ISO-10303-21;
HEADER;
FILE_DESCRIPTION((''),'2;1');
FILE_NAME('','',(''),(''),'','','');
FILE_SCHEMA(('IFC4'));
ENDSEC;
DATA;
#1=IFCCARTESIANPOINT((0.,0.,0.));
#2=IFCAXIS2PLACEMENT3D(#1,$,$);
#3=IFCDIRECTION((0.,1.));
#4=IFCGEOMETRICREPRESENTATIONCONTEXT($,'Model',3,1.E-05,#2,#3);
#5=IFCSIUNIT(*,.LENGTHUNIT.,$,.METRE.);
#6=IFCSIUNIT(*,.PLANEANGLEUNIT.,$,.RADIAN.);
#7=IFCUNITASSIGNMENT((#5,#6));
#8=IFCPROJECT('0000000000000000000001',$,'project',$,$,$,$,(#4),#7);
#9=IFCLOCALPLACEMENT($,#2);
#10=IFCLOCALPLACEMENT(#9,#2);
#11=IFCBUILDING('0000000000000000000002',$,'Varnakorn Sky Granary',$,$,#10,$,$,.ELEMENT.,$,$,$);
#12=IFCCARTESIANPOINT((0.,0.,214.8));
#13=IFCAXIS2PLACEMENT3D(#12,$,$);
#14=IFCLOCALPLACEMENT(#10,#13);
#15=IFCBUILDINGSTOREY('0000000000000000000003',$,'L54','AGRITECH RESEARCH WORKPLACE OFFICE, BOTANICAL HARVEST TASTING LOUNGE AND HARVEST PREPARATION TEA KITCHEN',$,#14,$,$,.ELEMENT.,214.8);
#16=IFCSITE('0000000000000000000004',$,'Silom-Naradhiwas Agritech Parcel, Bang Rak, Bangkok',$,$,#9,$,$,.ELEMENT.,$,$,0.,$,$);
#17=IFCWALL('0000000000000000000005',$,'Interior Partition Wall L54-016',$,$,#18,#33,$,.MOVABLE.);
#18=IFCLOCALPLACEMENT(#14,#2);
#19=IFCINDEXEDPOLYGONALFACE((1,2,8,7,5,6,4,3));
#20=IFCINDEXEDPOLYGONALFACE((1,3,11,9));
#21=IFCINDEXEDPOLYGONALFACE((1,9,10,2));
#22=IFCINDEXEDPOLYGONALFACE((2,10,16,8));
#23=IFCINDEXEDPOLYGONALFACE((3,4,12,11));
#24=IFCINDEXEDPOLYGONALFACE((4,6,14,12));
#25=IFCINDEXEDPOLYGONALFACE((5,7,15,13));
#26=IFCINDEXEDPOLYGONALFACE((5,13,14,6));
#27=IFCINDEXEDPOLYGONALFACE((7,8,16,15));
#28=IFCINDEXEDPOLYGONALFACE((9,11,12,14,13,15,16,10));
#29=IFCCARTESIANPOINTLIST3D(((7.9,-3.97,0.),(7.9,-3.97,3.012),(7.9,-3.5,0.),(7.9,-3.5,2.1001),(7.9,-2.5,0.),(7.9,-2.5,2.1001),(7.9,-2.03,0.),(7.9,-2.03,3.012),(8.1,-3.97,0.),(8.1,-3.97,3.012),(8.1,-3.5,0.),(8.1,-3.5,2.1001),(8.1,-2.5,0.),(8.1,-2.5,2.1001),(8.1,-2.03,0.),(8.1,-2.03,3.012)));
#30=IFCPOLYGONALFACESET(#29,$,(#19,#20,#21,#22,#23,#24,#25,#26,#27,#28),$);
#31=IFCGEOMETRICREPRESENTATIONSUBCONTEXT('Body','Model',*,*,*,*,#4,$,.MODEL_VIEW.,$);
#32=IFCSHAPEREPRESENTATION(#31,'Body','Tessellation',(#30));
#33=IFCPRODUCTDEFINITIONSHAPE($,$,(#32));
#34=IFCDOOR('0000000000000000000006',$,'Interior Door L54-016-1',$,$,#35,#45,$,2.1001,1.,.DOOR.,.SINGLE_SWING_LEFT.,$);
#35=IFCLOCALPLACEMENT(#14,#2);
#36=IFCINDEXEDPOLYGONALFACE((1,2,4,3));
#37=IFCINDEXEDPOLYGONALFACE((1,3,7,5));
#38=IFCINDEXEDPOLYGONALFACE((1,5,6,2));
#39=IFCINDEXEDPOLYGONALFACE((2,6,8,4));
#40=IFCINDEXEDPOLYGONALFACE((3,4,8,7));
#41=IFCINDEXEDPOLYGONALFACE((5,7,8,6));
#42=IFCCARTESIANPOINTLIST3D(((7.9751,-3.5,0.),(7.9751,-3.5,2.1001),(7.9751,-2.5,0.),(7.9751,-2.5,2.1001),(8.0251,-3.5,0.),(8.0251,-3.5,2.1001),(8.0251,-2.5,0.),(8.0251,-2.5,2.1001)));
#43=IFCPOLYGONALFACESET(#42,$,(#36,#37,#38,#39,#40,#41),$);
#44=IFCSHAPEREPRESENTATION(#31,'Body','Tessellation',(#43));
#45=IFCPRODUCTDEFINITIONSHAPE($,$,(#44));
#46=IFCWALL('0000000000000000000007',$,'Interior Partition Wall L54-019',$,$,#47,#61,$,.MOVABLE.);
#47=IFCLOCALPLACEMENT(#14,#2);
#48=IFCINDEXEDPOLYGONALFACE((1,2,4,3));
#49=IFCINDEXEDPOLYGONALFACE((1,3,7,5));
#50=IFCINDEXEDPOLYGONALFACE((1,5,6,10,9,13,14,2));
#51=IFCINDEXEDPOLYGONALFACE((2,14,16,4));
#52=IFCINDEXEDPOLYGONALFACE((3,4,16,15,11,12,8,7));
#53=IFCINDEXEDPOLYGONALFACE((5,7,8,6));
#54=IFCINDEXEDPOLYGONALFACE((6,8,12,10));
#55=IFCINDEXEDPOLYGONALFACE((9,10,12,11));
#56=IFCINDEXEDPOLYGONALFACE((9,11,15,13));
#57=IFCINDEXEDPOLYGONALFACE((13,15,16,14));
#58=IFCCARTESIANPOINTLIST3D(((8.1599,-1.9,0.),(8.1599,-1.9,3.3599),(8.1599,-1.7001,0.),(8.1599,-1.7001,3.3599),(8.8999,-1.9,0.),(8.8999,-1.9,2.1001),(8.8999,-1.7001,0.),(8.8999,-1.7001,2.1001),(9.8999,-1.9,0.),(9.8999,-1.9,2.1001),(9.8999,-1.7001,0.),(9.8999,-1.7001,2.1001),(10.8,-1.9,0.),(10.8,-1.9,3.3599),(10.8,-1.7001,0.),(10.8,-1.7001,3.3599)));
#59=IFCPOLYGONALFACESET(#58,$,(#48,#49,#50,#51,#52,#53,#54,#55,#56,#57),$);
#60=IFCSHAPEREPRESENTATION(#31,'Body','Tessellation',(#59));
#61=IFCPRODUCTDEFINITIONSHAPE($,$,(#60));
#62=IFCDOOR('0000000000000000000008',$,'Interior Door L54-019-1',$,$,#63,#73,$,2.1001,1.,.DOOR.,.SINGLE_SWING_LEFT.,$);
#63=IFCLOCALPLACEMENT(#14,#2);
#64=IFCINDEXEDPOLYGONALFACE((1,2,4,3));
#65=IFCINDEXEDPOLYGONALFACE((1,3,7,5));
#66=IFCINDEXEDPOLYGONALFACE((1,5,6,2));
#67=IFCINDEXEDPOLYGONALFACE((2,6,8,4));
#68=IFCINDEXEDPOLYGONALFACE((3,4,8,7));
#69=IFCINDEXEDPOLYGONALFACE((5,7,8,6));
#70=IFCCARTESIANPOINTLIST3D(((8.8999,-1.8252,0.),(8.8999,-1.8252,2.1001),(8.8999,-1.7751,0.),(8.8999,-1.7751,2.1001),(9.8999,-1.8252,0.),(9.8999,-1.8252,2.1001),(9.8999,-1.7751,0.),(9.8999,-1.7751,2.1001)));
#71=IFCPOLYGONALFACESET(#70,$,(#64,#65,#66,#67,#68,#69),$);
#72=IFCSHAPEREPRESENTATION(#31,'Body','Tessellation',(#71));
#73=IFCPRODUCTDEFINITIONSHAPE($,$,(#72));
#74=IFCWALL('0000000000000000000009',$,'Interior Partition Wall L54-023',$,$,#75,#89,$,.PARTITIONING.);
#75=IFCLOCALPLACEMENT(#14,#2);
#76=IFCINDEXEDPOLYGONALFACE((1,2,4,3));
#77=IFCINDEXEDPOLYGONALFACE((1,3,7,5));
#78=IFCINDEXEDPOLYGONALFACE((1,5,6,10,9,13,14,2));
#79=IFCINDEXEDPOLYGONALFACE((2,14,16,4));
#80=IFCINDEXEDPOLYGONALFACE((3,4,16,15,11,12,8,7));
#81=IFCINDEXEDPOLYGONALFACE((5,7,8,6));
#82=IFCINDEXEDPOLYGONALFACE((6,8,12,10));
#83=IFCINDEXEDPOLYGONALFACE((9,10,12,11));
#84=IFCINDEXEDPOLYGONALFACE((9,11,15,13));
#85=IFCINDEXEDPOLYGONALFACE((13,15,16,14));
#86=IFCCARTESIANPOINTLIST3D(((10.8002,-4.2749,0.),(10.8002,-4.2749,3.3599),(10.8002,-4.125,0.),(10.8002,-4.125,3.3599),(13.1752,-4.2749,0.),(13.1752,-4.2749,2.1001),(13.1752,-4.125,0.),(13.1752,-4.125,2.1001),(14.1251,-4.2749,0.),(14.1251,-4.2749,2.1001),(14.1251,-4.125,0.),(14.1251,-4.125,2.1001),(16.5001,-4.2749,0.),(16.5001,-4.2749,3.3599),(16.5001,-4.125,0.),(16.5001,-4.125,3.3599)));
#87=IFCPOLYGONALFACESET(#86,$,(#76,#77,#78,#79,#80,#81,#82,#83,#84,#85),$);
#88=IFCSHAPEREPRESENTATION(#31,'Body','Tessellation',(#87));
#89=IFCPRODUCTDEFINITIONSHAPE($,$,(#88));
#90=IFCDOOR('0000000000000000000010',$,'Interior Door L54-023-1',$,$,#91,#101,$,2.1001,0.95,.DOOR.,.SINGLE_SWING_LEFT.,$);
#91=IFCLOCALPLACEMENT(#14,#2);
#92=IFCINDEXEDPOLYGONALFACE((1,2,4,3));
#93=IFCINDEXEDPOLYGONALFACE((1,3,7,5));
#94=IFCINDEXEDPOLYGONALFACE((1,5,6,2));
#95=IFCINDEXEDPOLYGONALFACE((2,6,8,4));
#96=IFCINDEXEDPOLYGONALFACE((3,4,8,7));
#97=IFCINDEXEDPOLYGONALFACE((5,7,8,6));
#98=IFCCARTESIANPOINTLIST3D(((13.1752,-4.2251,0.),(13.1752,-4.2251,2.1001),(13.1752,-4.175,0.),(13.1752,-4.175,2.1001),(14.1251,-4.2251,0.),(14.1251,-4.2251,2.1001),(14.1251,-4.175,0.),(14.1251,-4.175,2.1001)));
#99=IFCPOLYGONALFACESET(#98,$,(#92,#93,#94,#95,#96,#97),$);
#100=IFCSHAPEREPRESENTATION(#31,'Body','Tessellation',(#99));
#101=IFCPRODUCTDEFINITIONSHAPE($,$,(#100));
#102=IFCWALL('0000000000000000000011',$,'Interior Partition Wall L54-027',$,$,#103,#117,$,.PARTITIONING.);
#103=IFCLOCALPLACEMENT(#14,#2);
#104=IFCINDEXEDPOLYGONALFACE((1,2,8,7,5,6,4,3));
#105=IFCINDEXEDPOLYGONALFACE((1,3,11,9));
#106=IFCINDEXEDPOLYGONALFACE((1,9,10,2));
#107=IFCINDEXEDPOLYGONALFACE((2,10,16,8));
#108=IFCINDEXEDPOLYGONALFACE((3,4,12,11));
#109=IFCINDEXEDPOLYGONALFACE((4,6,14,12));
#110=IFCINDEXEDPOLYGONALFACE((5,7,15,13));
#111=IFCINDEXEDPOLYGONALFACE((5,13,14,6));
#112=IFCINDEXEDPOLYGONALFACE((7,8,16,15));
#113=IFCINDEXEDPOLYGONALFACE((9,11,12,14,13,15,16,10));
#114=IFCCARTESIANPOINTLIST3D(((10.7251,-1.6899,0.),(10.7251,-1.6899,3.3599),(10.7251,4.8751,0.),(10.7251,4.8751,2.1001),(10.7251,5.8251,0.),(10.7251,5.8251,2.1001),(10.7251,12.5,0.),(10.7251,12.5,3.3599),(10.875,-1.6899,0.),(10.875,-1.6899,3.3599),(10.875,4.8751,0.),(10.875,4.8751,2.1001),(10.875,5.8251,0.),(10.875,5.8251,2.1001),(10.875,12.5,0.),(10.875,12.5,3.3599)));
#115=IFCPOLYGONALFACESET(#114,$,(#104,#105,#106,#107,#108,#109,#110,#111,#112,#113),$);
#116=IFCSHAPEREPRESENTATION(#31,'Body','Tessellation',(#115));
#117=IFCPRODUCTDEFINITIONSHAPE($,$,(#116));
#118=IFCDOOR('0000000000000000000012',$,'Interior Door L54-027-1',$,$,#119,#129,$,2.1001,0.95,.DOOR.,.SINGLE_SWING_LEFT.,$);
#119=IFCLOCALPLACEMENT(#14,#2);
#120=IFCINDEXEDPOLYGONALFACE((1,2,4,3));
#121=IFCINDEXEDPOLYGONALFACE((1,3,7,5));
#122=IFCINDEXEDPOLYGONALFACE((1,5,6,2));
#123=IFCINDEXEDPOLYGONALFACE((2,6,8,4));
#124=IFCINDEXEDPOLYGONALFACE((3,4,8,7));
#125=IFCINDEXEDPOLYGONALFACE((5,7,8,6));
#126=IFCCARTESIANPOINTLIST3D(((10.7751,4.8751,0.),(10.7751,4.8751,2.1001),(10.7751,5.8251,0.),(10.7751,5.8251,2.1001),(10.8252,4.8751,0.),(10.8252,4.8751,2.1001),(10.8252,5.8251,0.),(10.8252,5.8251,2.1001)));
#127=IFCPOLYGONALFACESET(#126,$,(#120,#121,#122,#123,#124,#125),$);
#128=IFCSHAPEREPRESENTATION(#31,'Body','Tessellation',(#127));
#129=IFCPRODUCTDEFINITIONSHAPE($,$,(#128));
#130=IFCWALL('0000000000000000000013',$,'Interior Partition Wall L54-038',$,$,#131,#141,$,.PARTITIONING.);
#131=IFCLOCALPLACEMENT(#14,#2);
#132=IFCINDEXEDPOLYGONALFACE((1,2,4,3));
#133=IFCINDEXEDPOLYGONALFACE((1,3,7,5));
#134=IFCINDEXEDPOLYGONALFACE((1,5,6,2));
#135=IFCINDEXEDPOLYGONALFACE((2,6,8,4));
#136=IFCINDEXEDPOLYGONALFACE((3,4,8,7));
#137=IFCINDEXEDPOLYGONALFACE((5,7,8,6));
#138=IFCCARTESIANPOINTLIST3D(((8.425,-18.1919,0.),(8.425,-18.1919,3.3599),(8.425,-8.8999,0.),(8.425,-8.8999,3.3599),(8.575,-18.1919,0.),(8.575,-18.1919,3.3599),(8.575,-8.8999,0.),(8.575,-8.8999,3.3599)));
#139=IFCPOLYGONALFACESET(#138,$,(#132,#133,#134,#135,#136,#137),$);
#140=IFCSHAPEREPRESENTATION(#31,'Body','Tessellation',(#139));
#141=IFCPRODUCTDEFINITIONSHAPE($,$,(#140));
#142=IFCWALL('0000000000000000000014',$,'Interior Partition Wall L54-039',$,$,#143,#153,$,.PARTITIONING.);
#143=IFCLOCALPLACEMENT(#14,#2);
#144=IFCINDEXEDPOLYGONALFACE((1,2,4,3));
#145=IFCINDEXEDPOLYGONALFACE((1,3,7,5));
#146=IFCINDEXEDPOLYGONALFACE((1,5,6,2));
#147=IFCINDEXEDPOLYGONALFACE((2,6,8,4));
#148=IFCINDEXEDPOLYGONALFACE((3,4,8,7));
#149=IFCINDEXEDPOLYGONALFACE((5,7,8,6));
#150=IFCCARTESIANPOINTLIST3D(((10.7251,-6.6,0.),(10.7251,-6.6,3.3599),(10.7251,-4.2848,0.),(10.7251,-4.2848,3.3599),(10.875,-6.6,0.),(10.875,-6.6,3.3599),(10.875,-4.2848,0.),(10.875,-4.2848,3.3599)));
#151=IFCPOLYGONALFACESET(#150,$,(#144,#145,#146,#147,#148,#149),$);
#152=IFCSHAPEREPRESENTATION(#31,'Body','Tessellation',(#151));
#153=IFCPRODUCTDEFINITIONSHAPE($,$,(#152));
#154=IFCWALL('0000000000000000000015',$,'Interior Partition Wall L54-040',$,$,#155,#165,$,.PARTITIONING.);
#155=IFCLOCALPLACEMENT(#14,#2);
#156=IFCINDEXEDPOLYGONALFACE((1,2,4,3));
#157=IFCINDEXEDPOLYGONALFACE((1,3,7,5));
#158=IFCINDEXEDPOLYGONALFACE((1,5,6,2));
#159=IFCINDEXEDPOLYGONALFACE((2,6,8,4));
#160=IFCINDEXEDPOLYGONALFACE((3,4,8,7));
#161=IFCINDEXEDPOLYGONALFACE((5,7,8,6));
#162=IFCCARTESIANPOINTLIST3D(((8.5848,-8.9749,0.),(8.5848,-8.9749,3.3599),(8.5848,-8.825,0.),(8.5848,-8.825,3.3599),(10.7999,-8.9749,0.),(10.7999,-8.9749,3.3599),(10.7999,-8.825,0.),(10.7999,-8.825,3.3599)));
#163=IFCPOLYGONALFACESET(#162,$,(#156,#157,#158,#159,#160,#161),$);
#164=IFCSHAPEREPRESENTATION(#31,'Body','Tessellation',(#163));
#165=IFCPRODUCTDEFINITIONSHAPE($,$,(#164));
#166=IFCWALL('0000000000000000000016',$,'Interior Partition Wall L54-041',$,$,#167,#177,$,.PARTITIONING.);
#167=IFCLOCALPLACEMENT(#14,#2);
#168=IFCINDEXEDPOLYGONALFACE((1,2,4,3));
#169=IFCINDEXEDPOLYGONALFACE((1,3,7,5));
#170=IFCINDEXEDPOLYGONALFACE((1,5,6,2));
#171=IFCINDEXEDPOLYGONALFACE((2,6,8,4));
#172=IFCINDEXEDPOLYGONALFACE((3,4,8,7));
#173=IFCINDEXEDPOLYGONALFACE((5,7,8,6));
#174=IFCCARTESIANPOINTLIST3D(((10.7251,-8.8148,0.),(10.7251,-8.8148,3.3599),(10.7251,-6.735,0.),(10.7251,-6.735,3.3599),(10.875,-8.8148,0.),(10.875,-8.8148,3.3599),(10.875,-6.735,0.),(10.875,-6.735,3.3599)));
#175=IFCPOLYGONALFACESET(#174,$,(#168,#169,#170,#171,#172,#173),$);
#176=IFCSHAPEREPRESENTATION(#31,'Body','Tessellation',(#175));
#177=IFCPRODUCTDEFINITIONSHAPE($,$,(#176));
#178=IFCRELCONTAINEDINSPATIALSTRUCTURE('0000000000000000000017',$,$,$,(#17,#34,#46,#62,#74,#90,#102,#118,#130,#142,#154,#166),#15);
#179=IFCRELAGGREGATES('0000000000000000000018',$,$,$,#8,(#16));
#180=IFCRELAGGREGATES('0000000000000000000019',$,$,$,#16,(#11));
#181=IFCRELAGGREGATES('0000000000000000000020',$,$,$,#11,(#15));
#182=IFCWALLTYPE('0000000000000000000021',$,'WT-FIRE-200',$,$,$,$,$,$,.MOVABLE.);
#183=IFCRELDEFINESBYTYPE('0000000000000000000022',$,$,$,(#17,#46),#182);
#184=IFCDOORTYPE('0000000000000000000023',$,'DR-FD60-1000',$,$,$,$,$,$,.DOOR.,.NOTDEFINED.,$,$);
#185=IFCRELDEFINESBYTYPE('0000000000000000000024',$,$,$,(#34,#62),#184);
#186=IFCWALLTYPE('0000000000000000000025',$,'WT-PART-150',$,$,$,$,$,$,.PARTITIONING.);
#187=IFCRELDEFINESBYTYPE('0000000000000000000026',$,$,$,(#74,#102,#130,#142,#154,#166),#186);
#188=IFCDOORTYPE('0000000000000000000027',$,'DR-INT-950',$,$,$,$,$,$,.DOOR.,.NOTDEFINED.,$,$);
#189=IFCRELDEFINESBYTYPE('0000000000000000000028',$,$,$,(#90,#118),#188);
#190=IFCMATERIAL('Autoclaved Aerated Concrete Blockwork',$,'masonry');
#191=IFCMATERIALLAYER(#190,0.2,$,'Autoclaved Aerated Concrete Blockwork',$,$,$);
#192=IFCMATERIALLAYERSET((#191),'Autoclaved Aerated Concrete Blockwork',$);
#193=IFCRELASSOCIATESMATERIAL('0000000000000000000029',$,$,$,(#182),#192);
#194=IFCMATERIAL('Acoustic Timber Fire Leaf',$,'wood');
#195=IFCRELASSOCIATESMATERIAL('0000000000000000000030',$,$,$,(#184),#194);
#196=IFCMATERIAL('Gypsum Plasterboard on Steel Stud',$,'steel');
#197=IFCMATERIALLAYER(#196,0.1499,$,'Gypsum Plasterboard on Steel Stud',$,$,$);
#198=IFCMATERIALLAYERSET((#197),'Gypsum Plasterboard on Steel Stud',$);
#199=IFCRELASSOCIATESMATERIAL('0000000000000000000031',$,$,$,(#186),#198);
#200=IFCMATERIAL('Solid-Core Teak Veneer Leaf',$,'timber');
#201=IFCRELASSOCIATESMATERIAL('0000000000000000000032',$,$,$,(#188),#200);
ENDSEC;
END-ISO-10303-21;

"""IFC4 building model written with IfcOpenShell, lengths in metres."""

from ifc_helpers import new_model, si_unit, direction, frame, frame_2d, origin, place, context, subcontext, project, spatial, rectangle, extrude, material, layer, layer_set, type_object, element, fill, save


model = new_model("IFC4")

# Units and contexts
model_context = context("Model", 3, precision=1e-05, world=origin(), true_north=direction((0.0, 1.0)))
body_context = subcontext(model_context, "Body", "Model", "MODEL_VIEW")
ifc_project = project(units=[si_unit("LENGTHUNIT", "METRE"), si_unit("PLANEANGLEUNIT", "RADIAN")], contexts=[model_context])

# Site, building, storey
site_placement = place(None, origin())
site = spatial("IfcSite", under=ifc_project, at=site_placement, Name="Silom-Naradhiwas Agritech Parcel, Bang Rak, Bangkok", CompositionType="ELEMENT", RefElevation=0.0)
building_placement = place(site_placement, origin())
building = spatial("IfcBuilding", under=site, at=building_placement, Name="Varnakorn Sky Granary", CompositionType="ELEMENT")
storey_placement = place(building_placement, frame((0.0, 0.0, 214.8)))
storey = spatial("IfcBuildingStorey", under=building, at=storey_placement, Name="L54", Description="AGRITECH RESEARCH WORKPLACE OFFICE, BOTANICAL HARVEST TASTING LOUNGE AND HARVEST PREPARATION TEA KITCHEN", CompositionType="ELEMENT", Elevation=214.8)

# Walls, openings, doors
ifc_material_1 = material(Name="Autoclaved Aerated Concrete Blockwork", Category="masonry")
ifc_layer_1 = layer(ifc_material_1, 0.2, Name="Autoclaved Aerated Concrete Blockwork")
ifc_layer_set_1 = layer_set([ifc_layer_1], Name="Autoclaved Aerated Concrete Blockwork")
wall_type_1 = type_object("IfcWallType", Name="WT-FIRE-200", PredefinedType="MOVABLE", material=ifc_layer_set_1)
wall_1_placement = place(storey_placement, frame((8.0, -3.97, 0.0), z_axis=(0.0, 0.0, 1.0), x_axis=(0.0, 1.0, 0.0)))
wall_1 = element("IfcWall", 1, at=wall_1_placement, inside=storey, type_object=wall_type_1, Name="Interior Partition Wall L54-016", PredefinedType="MOVABLE", context=body_context, shape_type="SweptSolid", body=[
    extrude(rectangle(XDim=1.9399, YDim=0.2, at=frame_2d((0.97, 0.0))), origin(), (0.0, 0.0, 1.0), 3.012),
])
opening_1_placement = place(wall_1_placement, frame((0.47, 0.0, 0.0)))
opening_1 = element("IfcOpeningElement", 2, at=opening_1_placement, cuts=wall_1, PredefinedType="OPENING", context=body_context, shape_type="SweptSolid", body=[
    extrude(rectangle(XDim=1.0, YDim=2.1001, at=frame_2d((0.5, 1.05))), frame((0.0, 0.1099, 0.0), z_axis=(0.0, -1.0, 0.0), x_axis=(1.0, 0.0, 0.0)), (0.0, 0.0, 1.0), 0.22),
])
ifc_material_2 = material(Name="Acoustic Timber Fire Leaf", Category="wood")
door_type_1 = type_object("IfcDoorType", Name="DR-FD60-1000", OperationType="NOTDEFINED", PredefinedType="DOOR", material=ifc_material_2)
door_1_placement = place(opening_1_placement, origin())
door_1 = element("IfcDoor", 3, at=door_1_placement, inside=storey, type_object=door_type_1, Name="Interior Door L54-016-1", OperationType="SINGLE_SWING_LEFT", OverallHeight=2.1001, OverallWidth=1.0, PredefinedType="DOOR", context=body_context, shape_type="SweptSolid", body=[
    extrude(rectangle(XDim=1.0, YDim=2.1001, at=frame_2d((0.5, 1.05))), frame((0.0, 0.0249, 0.0), z_axis=(0.0, -1.0, 0.0), x_axis=(1.0, 0.0, 0.0)), (0.0, 0.0, 1.0), 0.05),
])
fill(opening_1, door_1)
wall_2_placement = place(storey_placement, frame((8.1599, -1.8, 0.0), z_axis=(0.0, 0.0, 1.0), x_axis=(1.0, 0.0, 0.0)))
wall_2 = element("IfcWall", 4, at=wall_2_placement, inside=storey, type_object=wall_type_1, Name="Interior Partition Wall L54-019", PredefinedType="MOVABLE", context=body_context, shape_type="SweptSolid", body=[
    extrude(rectangle(XDim=2.6401, YDim=0.2, at=frame_2d((1.3201, 0.0))), origin(), (0.0, 0.0, 1.0), 3.3599),
])
opening_2_placement = place(wall_2_placement, frame((0.74, 0.0, 0.0)))
opening_2 = element("IfcOpeningElement", 5, at=opening_2_placement, cuts=wall_2, PredefinedType="OPENING", context=body_context, shape_type="SweptSolid", body=[
    extrude(rectangle(XDim=1.0, YDim=2.1001, at=frame_2d((0.5, 1.05))), frame((0.0, 0.1099, 0.0), z_axis=(0.0, -1.0, 0.0), x_axis=(1.0, 0.0, 0.0)), (0.0, 0.0, 1.0), 0.22),
])
door_2_placement = place(opening_2_placement, origin())
door_2 = element("IfcDoor", 6, at=door_2_placement, inside=storey, type_object=door_type_1, Name="Interior Door L54-019-1", OperationType="SINGLE_SWING_LEFT", OverallHeight=2.1001, OverallWidth=1.0, PredefinedType="DOOR", context=body_context, shape_type="SweptSolid", body=[
    extrude(rectangle(XDim=1.0, YDim=2.1001, at=frame_2d((0.5, 1.05))), frame((0.0, 0.0249, 0.0), z_axis=(0.0, -1.0, 0.0), x_axis=(1.0, 0.0, 0.0)), (0.0, 0.0, 1.0), 0.05),
])
fill(opening_2, door_2)
ifc_material_3 = material(Name="Gypsum Plasterboard on Steel Stud", Category="steel")
ifc_layer_2 = layer(ifc_material_3, 0.1499, Name="Gypsum Plasterboard on Steel Stud")
ifc_layer_set_2 = layer_set([ifc_layer_2], Name="Gypsum Plasterboard on Steel Stud")
wall_type_2 = type_object("IfcWallType", Name="WT-PART-150", PredefinedType="PARTITIONING", material=ifc_layer_set_2)
wall_3_placement = place(storey_placement, frame((10.8, -4.2, 0.0), z_axis=(0.0, 0.0, 1.0), x_axis=(1.0, 0.0, 0.0)))
wall_3 = element("IfcWall", 7, at=wall_3_placement, inside=storey, type_object=wall_type_2, Name="Interior Partition Wall L54-023", PredefinedType="PARTITIONING", context=body_context, shape_type="SweptSolid", body=[
    extrude(rectangle(XDim=5.7, YDim=0.1499, at=frame_2d((2.8501, 0.0))), origin(), (0.0, 0.0, 1.0), 3.3599),
])
opening_3_placement = place(wall_3_placement, frame((2.375, 0.0, 0.0)))
opening_3 = element("IfcOpeningElement", 8, at=opening_3_placement, cuts=wall_3, PredefinedType="OPENING", context=body_context, shape_type="SweptSolid", body=[
    extrude(rectangle(XDim=0.95, YDim=2.1001, at=frame_2d((0.4751, 1.05))), frame((0.0, 0.085, 0.0), z_axis=(0.0, -1.0, 0.0), x_axis=(1.0, 0.0, 0.0)), (0.0, 0.0, 1.0), 0.1699),
])
ifc_material_4 = material(Name="Solid-Core Teak Veneer Leaf", Category="timber")
door_type_2 = type_object("IfcDoorType", Name="DR-INT-950", OperationType="NOTDEFINED", PredefinedType="DOOR", material=ifc_material_4)
door_3_placement = place(opening_3_placement, origin())
door_3 = element("IfcDoor", 9, at=door_3_placement, inside=storey, type_object=door_type_2, Name="Interior Door L54-023-1", OperationType="SINGLE_SWING_LEFT", OverallHeight=2.1001, OverallWidth=0.95, PredefinedType="DOOR", context=body_context, shape_type="SweptSolid", body=[
    extrude(rectangle(XDim=0.95, YDim=2.1001, at=frame_2d((0.4751, 1.05))), frame((0.0, 0.0249, 0.0), z_axis=(0.0, -1.0, 0.0), x_axis=(1.0, 0.0, 0.0)), (0.0, 0.0, 1.0), 0.05),
])
fill(opening_3, door_3)
wall_4_placement = place(storey_placement, frame((10.8, -1.6899, 0.0), z_axis=(0.0, 0.0, 1.0), x_axis=(0.0, 1.0, 0.0)))
wall_4 = element("IfcWall", 10, at=wall_4_placement, inside=storey, type_object=wall_type_2, Name="Interior Partition Wall L54-027", PredefinedType="PARTITIONING", context=body_context, shape_type="SweptSolid", body=[
    extrude(rectangle(XDim=14.1899, YDim=0.1499, at=frame_2d((7.095, 0.0))), origin(), (0.0, 0.0, 1.0), 3.3599),
])
opening_4_placement = place(wall_4_placement, frame((6.5649, 0.0, 0.0)))
opening_4 = element("IfcOpeningElement", 11, at=opening_4_placement, cuts=wall_4, PredefinedType="OPENING", context=body_context, shape_type="SweptSolid", body=[
    extrude(rectangle(XDim=0.95, YDim=2.1001, at=frame_2d((0.4751, 1.05))), frame((0.0, 0.085, 0.0), z_axis=(0.0, -1.0, 0.0), x_axis=(1.0, 0.0, 0.0)), (0.0, 0.0, 1.0), 0.1699),
])
door_4_placement = place(opening_4_placement, origin())
door_4 = element("IfcDoor", 12, at=door_4_placement, inside=storey, type_object=door_type_2, Name="Interior Door L54-027-1", OperationType="SINGLE_SWING_LEFT", OverallHeight=2.1001, OverallWidth=0.95, PredefinedType="DOOR", context=body_context, shape_type="SweptSolid", body=[
    extrude(rectangle(XDim=0.95, YDim=2.1001, at=frame_2d((0.4751, 1.05))), frame((0.0, 0.0249, 0.0), z_axis=(0.0, -1.0, 0.0), x_axis=(1.0, 0.0, 0.0)), (0.0, 0.0, 1.0), 0.05),
])
fill(opening_4, door_4)

# Walls
wall_5_placement = place(storey_placement, frame((8.5, -8.8999, 0.0), z_axis=(0.0, 0.0, 1.0), x_axis=(0.0, -1.0, 0.0)))
element("IfcWall", 13, at=wall_5_placement, inside=storey, type_object=wall_type_2, Name="Interior Partition Wall L54-038", PredefinedType="PARTITIONING", context=body_context, shape_type="SweptSolid", body=[
    extrude(rectangle(XDim=9.292, YDim=0.1499, at=frame_2d((4.646, 0.0))), origin(), (0.0, 0.0, 1.0), 3.3599),
])
wall_6_placement = place(storey_placement, frame((10.8, -6.6001, 0.0), z_axis=(0.0, 0.0, 1.0), x_axis=(0.0, 1.0, 0.0)))
element("IfcWall", 14, at=wall_6_placement, inside=storey, type_object=wall_type_2, Name="Interior Partition Wall L54-039", PredefinedType="PARTITIONING", context=body_context, shape_type="SweptSolid", body=[
    extrude(rectangle(XDim=2.3152, YDim=0.1499, at=frame_2d((1.1577, 0.0))), origin(), (0.0, 0.0, 1.0), 3.3599),
])
wall_7_placement = place(storey_placement, frame((8.585, -8.8999, 0.0), z_axis=(0.0, 0.0, 1.0), x_axis=(1.0, 0.0, 0.0)))
element("IfcWall", 15, at=wall_7_placement, inside=storey, type_object=wall_type_2, Name="Interior Partition Wall L54-040", PredefinedType="PARTITIONING", context=body_context, shape_type="SweptSolid", body=[
    extrude(rectangle(XDim=2.2151, YDim=0.1499, at=frame_2d((1.1074, 0.0))), origin(), (0.0, 0.0, 1.0), 3.3599),
])
wall_8_placement = place(storey_placement, frame((10.8, -8.8149, 0.0), z_axis=(0.0, 0.0, 1.0), x_axis=(0.0, 1.0, 0.0)))
element("IfcWall", 16, at=wall_8_placement, inside=storey, type_object=wall_type_2, Name="Interior Partition Wall L54-041", PredefinedType="PARTITIONING", context=body_context, shape_type="SweptSolid", body=[
    extrude(rectangle(XDim=2.0798, YDim=0.1499, at=frame_2d((1.04, 0.0))), origin(), (0.0, 0.0, 1.0), 3.3599),
])

save(model, "model.ifc")
